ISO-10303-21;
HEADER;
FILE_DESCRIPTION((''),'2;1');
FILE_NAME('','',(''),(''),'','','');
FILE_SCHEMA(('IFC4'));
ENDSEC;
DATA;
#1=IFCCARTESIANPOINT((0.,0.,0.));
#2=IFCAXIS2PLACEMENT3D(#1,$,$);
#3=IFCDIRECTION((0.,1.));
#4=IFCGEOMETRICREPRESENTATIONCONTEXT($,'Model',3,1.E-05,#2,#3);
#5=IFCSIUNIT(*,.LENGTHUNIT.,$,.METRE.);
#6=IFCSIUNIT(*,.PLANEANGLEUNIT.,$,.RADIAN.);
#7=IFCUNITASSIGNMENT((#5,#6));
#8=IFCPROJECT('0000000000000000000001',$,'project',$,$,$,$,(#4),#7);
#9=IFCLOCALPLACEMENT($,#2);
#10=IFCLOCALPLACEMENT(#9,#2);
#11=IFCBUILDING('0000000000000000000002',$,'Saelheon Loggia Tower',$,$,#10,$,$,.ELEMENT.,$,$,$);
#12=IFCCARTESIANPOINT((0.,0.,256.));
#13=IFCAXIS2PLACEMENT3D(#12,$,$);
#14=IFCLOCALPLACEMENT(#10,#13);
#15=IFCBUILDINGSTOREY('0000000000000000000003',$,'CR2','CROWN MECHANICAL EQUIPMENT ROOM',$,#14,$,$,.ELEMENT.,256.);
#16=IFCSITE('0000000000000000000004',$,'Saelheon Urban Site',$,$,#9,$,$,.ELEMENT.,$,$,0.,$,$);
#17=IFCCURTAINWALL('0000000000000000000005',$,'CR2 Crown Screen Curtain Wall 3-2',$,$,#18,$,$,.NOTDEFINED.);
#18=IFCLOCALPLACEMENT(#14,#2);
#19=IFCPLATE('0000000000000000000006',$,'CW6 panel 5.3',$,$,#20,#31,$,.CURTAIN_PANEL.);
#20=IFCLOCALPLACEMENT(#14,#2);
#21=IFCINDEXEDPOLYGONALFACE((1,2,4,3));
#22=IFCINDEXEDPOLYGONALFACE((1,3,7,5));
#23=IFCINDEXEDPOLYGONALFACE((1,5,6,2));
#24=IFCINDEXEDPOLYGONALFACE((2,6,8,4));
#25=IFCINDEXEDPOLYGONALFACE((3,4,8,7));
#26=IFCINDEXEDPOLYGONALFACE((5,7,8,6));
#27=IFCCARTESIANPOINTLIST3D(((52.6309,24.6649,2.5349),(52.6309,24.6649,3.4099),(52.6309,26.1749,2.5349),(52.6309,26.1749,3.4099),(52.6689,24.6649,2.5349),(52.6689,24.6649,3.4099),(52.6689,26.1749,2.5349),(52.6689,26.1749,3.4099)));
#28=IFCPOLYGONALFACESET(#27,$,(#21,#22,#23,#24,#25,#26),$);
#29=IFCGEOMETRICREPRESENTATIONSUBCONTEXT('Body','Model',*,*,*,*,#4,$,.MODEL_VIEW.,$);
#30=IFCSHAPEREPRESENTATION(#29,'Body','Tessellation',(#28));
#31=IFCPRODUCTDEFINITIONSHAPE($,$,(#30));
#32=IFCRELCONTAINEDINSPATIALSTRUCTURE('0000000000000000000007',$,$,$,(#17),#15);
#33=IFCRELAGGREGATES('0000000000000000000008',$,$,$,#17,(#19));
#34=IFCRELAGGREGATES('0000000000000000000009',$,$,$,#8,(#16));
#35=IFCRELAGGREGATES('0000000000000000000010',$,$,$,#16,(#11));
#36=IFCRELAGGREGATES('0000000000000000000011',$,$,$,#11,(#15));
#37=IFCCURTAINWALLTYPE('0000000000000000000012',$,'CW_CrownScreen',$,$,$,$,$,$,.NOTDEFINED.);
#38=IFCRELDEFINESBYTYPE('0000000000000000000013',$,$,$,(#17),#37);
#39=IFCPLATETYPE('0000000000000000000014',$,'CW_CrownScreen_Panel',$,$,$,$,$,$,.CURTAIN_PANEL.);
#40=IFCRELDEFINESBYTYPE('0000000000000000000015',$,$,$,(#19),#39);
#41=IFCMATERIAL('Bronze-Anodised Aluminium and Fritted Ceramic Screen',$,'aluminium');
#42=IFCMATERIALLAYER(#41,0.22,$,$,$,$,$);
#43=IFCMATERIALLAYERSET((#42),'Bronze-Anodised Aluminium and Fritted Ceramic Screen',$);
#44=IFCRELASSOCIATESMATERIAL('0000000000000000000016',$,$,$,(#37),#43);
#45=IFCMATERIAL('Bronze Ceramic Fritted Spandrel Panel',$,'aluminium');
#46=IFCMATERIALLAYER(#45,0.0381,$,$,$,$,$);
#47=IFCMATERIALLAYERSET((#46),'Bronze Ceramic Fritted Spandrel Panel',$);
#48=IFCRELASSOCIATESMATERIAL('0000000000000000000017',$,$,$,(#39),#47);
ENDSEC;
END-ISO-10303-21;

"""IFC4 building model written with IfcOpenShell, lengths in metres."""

from ifc_helpers import new_model, si_unit, direction, frame, origin, origin_2d, place, context, subcontext, project, spatial, rectangle, extrude, source, transform, mapped, material, layer, layer_set, type_object, element, aggregate, save


model = new_model("IFC4")

# Units and contexts
model_context = context("Model", 3, precision=1e-05, world=origin(), true_north=direction((0.0, 1.0)))
body_context = subcontext(model_context, "Body", "Model", "MODEL_VIEW")
ifc_project = project(units=[si_unit("LENGTHUNIT", "METRE"), si_unit("PLANEANGLEUNIT", "RADIAN")], contexts=[model_context])

# Site, building, storey
site_placement = place(None, origin())
site = spatial("IfcSite", under=ifc_project, at=site_placement, Name="Saelheon Urban Site", CompositionType="ELEMENT", RefElevation=0.0)
building_placement = place(site_placement, origin())
building = spatial("IfcBuilding", under=site, at=building_placement, Name="Saelheon Loggia Tower", CompositionType="ELEMENT")
storey_placement = place(building_placement, frame((0.0, 0.0, 256.0)))
storey = spatial("IfcBuildingStorey", under=building, at=storey_placement, Name="CR2", Description="CROWN MECHANICAL EQUIPMENT ROOM", CompositionType="ELEMENT", Elevation=256.0)

# Curtain wall, plate
ifc_material_1 = material(Name="Bronze-Anodised Aluminium and Fritted Ceramic Screen", Category="aluminium")
ifc_layer_1 = layer(ifc_material_1, 0.22)
ifc_layer_set_1 = layer_set([ifc_layer_1], Name="Bronze-Anodised Aluminium and Fritted Ceramic Screen")
curtain_wall_type = type_object("IfcCurtainWallType", Name="CW_CrownScreen", PredefinedType="NOTDEFINED", material=ifc_layer_set_1)
curtain_wall_placement = place(storey_placement, origin())
curtain_wall = element("IfcCurtainWall", 1, at=curtain_wall_placement, inside=storey, type_object=curtain_wall_type, Name="CR2 Crown Screen Curtain Wall 3-2", PredefinedType="NOTDEFINED")
ifc_material_2 = material(Name="Bronze Ceramic Fritted Spandrel Panel", Category="aluminium")
ifc_layer_2 = layer(ifc_material_2, 0.0381)
ifc_layer_set_2 = layer_set([ifc_layer_2], Name="Bronze Ceramic Fritted Spandrel Panel")
plate_type = type_object("IfcPlateType", Name="CW_CrownScreen_Panel", PredefinedType="CURTAIN_PANEL", material=ifc_layer_set_2)
shared_shape_1 = source(origin(), body_context, "Body", "SweptSolid", [
    extrude(rectangle(XDim=1.51, YDim=0.0381, at=origin_2d()), origin(), (0.0, 0.0, 1.0), 0.875),
])
plate_1_placement = place(storey_placement, frame((52.6499, 25.4199, 2.5349), z_axis=(0.0, 0.0, 1.0), x_axis=(0.0, 1.0, 0.0)))
plate_1 = element("IfcPlate", 2, at=plate_1_placement, type_object=plate_type, Name="CW6 panel 5.3", PredefinedType="CURTAIN_PANEL", context=body_context, shape_type="MappedRepresentation", body=[
    mapped(shared_shape_1, transform((0.0, 0.0, 0.0), scale=1.0)),
])
aggregate(curtain_wall, [plate_1])

save(model, "model.ifc")
